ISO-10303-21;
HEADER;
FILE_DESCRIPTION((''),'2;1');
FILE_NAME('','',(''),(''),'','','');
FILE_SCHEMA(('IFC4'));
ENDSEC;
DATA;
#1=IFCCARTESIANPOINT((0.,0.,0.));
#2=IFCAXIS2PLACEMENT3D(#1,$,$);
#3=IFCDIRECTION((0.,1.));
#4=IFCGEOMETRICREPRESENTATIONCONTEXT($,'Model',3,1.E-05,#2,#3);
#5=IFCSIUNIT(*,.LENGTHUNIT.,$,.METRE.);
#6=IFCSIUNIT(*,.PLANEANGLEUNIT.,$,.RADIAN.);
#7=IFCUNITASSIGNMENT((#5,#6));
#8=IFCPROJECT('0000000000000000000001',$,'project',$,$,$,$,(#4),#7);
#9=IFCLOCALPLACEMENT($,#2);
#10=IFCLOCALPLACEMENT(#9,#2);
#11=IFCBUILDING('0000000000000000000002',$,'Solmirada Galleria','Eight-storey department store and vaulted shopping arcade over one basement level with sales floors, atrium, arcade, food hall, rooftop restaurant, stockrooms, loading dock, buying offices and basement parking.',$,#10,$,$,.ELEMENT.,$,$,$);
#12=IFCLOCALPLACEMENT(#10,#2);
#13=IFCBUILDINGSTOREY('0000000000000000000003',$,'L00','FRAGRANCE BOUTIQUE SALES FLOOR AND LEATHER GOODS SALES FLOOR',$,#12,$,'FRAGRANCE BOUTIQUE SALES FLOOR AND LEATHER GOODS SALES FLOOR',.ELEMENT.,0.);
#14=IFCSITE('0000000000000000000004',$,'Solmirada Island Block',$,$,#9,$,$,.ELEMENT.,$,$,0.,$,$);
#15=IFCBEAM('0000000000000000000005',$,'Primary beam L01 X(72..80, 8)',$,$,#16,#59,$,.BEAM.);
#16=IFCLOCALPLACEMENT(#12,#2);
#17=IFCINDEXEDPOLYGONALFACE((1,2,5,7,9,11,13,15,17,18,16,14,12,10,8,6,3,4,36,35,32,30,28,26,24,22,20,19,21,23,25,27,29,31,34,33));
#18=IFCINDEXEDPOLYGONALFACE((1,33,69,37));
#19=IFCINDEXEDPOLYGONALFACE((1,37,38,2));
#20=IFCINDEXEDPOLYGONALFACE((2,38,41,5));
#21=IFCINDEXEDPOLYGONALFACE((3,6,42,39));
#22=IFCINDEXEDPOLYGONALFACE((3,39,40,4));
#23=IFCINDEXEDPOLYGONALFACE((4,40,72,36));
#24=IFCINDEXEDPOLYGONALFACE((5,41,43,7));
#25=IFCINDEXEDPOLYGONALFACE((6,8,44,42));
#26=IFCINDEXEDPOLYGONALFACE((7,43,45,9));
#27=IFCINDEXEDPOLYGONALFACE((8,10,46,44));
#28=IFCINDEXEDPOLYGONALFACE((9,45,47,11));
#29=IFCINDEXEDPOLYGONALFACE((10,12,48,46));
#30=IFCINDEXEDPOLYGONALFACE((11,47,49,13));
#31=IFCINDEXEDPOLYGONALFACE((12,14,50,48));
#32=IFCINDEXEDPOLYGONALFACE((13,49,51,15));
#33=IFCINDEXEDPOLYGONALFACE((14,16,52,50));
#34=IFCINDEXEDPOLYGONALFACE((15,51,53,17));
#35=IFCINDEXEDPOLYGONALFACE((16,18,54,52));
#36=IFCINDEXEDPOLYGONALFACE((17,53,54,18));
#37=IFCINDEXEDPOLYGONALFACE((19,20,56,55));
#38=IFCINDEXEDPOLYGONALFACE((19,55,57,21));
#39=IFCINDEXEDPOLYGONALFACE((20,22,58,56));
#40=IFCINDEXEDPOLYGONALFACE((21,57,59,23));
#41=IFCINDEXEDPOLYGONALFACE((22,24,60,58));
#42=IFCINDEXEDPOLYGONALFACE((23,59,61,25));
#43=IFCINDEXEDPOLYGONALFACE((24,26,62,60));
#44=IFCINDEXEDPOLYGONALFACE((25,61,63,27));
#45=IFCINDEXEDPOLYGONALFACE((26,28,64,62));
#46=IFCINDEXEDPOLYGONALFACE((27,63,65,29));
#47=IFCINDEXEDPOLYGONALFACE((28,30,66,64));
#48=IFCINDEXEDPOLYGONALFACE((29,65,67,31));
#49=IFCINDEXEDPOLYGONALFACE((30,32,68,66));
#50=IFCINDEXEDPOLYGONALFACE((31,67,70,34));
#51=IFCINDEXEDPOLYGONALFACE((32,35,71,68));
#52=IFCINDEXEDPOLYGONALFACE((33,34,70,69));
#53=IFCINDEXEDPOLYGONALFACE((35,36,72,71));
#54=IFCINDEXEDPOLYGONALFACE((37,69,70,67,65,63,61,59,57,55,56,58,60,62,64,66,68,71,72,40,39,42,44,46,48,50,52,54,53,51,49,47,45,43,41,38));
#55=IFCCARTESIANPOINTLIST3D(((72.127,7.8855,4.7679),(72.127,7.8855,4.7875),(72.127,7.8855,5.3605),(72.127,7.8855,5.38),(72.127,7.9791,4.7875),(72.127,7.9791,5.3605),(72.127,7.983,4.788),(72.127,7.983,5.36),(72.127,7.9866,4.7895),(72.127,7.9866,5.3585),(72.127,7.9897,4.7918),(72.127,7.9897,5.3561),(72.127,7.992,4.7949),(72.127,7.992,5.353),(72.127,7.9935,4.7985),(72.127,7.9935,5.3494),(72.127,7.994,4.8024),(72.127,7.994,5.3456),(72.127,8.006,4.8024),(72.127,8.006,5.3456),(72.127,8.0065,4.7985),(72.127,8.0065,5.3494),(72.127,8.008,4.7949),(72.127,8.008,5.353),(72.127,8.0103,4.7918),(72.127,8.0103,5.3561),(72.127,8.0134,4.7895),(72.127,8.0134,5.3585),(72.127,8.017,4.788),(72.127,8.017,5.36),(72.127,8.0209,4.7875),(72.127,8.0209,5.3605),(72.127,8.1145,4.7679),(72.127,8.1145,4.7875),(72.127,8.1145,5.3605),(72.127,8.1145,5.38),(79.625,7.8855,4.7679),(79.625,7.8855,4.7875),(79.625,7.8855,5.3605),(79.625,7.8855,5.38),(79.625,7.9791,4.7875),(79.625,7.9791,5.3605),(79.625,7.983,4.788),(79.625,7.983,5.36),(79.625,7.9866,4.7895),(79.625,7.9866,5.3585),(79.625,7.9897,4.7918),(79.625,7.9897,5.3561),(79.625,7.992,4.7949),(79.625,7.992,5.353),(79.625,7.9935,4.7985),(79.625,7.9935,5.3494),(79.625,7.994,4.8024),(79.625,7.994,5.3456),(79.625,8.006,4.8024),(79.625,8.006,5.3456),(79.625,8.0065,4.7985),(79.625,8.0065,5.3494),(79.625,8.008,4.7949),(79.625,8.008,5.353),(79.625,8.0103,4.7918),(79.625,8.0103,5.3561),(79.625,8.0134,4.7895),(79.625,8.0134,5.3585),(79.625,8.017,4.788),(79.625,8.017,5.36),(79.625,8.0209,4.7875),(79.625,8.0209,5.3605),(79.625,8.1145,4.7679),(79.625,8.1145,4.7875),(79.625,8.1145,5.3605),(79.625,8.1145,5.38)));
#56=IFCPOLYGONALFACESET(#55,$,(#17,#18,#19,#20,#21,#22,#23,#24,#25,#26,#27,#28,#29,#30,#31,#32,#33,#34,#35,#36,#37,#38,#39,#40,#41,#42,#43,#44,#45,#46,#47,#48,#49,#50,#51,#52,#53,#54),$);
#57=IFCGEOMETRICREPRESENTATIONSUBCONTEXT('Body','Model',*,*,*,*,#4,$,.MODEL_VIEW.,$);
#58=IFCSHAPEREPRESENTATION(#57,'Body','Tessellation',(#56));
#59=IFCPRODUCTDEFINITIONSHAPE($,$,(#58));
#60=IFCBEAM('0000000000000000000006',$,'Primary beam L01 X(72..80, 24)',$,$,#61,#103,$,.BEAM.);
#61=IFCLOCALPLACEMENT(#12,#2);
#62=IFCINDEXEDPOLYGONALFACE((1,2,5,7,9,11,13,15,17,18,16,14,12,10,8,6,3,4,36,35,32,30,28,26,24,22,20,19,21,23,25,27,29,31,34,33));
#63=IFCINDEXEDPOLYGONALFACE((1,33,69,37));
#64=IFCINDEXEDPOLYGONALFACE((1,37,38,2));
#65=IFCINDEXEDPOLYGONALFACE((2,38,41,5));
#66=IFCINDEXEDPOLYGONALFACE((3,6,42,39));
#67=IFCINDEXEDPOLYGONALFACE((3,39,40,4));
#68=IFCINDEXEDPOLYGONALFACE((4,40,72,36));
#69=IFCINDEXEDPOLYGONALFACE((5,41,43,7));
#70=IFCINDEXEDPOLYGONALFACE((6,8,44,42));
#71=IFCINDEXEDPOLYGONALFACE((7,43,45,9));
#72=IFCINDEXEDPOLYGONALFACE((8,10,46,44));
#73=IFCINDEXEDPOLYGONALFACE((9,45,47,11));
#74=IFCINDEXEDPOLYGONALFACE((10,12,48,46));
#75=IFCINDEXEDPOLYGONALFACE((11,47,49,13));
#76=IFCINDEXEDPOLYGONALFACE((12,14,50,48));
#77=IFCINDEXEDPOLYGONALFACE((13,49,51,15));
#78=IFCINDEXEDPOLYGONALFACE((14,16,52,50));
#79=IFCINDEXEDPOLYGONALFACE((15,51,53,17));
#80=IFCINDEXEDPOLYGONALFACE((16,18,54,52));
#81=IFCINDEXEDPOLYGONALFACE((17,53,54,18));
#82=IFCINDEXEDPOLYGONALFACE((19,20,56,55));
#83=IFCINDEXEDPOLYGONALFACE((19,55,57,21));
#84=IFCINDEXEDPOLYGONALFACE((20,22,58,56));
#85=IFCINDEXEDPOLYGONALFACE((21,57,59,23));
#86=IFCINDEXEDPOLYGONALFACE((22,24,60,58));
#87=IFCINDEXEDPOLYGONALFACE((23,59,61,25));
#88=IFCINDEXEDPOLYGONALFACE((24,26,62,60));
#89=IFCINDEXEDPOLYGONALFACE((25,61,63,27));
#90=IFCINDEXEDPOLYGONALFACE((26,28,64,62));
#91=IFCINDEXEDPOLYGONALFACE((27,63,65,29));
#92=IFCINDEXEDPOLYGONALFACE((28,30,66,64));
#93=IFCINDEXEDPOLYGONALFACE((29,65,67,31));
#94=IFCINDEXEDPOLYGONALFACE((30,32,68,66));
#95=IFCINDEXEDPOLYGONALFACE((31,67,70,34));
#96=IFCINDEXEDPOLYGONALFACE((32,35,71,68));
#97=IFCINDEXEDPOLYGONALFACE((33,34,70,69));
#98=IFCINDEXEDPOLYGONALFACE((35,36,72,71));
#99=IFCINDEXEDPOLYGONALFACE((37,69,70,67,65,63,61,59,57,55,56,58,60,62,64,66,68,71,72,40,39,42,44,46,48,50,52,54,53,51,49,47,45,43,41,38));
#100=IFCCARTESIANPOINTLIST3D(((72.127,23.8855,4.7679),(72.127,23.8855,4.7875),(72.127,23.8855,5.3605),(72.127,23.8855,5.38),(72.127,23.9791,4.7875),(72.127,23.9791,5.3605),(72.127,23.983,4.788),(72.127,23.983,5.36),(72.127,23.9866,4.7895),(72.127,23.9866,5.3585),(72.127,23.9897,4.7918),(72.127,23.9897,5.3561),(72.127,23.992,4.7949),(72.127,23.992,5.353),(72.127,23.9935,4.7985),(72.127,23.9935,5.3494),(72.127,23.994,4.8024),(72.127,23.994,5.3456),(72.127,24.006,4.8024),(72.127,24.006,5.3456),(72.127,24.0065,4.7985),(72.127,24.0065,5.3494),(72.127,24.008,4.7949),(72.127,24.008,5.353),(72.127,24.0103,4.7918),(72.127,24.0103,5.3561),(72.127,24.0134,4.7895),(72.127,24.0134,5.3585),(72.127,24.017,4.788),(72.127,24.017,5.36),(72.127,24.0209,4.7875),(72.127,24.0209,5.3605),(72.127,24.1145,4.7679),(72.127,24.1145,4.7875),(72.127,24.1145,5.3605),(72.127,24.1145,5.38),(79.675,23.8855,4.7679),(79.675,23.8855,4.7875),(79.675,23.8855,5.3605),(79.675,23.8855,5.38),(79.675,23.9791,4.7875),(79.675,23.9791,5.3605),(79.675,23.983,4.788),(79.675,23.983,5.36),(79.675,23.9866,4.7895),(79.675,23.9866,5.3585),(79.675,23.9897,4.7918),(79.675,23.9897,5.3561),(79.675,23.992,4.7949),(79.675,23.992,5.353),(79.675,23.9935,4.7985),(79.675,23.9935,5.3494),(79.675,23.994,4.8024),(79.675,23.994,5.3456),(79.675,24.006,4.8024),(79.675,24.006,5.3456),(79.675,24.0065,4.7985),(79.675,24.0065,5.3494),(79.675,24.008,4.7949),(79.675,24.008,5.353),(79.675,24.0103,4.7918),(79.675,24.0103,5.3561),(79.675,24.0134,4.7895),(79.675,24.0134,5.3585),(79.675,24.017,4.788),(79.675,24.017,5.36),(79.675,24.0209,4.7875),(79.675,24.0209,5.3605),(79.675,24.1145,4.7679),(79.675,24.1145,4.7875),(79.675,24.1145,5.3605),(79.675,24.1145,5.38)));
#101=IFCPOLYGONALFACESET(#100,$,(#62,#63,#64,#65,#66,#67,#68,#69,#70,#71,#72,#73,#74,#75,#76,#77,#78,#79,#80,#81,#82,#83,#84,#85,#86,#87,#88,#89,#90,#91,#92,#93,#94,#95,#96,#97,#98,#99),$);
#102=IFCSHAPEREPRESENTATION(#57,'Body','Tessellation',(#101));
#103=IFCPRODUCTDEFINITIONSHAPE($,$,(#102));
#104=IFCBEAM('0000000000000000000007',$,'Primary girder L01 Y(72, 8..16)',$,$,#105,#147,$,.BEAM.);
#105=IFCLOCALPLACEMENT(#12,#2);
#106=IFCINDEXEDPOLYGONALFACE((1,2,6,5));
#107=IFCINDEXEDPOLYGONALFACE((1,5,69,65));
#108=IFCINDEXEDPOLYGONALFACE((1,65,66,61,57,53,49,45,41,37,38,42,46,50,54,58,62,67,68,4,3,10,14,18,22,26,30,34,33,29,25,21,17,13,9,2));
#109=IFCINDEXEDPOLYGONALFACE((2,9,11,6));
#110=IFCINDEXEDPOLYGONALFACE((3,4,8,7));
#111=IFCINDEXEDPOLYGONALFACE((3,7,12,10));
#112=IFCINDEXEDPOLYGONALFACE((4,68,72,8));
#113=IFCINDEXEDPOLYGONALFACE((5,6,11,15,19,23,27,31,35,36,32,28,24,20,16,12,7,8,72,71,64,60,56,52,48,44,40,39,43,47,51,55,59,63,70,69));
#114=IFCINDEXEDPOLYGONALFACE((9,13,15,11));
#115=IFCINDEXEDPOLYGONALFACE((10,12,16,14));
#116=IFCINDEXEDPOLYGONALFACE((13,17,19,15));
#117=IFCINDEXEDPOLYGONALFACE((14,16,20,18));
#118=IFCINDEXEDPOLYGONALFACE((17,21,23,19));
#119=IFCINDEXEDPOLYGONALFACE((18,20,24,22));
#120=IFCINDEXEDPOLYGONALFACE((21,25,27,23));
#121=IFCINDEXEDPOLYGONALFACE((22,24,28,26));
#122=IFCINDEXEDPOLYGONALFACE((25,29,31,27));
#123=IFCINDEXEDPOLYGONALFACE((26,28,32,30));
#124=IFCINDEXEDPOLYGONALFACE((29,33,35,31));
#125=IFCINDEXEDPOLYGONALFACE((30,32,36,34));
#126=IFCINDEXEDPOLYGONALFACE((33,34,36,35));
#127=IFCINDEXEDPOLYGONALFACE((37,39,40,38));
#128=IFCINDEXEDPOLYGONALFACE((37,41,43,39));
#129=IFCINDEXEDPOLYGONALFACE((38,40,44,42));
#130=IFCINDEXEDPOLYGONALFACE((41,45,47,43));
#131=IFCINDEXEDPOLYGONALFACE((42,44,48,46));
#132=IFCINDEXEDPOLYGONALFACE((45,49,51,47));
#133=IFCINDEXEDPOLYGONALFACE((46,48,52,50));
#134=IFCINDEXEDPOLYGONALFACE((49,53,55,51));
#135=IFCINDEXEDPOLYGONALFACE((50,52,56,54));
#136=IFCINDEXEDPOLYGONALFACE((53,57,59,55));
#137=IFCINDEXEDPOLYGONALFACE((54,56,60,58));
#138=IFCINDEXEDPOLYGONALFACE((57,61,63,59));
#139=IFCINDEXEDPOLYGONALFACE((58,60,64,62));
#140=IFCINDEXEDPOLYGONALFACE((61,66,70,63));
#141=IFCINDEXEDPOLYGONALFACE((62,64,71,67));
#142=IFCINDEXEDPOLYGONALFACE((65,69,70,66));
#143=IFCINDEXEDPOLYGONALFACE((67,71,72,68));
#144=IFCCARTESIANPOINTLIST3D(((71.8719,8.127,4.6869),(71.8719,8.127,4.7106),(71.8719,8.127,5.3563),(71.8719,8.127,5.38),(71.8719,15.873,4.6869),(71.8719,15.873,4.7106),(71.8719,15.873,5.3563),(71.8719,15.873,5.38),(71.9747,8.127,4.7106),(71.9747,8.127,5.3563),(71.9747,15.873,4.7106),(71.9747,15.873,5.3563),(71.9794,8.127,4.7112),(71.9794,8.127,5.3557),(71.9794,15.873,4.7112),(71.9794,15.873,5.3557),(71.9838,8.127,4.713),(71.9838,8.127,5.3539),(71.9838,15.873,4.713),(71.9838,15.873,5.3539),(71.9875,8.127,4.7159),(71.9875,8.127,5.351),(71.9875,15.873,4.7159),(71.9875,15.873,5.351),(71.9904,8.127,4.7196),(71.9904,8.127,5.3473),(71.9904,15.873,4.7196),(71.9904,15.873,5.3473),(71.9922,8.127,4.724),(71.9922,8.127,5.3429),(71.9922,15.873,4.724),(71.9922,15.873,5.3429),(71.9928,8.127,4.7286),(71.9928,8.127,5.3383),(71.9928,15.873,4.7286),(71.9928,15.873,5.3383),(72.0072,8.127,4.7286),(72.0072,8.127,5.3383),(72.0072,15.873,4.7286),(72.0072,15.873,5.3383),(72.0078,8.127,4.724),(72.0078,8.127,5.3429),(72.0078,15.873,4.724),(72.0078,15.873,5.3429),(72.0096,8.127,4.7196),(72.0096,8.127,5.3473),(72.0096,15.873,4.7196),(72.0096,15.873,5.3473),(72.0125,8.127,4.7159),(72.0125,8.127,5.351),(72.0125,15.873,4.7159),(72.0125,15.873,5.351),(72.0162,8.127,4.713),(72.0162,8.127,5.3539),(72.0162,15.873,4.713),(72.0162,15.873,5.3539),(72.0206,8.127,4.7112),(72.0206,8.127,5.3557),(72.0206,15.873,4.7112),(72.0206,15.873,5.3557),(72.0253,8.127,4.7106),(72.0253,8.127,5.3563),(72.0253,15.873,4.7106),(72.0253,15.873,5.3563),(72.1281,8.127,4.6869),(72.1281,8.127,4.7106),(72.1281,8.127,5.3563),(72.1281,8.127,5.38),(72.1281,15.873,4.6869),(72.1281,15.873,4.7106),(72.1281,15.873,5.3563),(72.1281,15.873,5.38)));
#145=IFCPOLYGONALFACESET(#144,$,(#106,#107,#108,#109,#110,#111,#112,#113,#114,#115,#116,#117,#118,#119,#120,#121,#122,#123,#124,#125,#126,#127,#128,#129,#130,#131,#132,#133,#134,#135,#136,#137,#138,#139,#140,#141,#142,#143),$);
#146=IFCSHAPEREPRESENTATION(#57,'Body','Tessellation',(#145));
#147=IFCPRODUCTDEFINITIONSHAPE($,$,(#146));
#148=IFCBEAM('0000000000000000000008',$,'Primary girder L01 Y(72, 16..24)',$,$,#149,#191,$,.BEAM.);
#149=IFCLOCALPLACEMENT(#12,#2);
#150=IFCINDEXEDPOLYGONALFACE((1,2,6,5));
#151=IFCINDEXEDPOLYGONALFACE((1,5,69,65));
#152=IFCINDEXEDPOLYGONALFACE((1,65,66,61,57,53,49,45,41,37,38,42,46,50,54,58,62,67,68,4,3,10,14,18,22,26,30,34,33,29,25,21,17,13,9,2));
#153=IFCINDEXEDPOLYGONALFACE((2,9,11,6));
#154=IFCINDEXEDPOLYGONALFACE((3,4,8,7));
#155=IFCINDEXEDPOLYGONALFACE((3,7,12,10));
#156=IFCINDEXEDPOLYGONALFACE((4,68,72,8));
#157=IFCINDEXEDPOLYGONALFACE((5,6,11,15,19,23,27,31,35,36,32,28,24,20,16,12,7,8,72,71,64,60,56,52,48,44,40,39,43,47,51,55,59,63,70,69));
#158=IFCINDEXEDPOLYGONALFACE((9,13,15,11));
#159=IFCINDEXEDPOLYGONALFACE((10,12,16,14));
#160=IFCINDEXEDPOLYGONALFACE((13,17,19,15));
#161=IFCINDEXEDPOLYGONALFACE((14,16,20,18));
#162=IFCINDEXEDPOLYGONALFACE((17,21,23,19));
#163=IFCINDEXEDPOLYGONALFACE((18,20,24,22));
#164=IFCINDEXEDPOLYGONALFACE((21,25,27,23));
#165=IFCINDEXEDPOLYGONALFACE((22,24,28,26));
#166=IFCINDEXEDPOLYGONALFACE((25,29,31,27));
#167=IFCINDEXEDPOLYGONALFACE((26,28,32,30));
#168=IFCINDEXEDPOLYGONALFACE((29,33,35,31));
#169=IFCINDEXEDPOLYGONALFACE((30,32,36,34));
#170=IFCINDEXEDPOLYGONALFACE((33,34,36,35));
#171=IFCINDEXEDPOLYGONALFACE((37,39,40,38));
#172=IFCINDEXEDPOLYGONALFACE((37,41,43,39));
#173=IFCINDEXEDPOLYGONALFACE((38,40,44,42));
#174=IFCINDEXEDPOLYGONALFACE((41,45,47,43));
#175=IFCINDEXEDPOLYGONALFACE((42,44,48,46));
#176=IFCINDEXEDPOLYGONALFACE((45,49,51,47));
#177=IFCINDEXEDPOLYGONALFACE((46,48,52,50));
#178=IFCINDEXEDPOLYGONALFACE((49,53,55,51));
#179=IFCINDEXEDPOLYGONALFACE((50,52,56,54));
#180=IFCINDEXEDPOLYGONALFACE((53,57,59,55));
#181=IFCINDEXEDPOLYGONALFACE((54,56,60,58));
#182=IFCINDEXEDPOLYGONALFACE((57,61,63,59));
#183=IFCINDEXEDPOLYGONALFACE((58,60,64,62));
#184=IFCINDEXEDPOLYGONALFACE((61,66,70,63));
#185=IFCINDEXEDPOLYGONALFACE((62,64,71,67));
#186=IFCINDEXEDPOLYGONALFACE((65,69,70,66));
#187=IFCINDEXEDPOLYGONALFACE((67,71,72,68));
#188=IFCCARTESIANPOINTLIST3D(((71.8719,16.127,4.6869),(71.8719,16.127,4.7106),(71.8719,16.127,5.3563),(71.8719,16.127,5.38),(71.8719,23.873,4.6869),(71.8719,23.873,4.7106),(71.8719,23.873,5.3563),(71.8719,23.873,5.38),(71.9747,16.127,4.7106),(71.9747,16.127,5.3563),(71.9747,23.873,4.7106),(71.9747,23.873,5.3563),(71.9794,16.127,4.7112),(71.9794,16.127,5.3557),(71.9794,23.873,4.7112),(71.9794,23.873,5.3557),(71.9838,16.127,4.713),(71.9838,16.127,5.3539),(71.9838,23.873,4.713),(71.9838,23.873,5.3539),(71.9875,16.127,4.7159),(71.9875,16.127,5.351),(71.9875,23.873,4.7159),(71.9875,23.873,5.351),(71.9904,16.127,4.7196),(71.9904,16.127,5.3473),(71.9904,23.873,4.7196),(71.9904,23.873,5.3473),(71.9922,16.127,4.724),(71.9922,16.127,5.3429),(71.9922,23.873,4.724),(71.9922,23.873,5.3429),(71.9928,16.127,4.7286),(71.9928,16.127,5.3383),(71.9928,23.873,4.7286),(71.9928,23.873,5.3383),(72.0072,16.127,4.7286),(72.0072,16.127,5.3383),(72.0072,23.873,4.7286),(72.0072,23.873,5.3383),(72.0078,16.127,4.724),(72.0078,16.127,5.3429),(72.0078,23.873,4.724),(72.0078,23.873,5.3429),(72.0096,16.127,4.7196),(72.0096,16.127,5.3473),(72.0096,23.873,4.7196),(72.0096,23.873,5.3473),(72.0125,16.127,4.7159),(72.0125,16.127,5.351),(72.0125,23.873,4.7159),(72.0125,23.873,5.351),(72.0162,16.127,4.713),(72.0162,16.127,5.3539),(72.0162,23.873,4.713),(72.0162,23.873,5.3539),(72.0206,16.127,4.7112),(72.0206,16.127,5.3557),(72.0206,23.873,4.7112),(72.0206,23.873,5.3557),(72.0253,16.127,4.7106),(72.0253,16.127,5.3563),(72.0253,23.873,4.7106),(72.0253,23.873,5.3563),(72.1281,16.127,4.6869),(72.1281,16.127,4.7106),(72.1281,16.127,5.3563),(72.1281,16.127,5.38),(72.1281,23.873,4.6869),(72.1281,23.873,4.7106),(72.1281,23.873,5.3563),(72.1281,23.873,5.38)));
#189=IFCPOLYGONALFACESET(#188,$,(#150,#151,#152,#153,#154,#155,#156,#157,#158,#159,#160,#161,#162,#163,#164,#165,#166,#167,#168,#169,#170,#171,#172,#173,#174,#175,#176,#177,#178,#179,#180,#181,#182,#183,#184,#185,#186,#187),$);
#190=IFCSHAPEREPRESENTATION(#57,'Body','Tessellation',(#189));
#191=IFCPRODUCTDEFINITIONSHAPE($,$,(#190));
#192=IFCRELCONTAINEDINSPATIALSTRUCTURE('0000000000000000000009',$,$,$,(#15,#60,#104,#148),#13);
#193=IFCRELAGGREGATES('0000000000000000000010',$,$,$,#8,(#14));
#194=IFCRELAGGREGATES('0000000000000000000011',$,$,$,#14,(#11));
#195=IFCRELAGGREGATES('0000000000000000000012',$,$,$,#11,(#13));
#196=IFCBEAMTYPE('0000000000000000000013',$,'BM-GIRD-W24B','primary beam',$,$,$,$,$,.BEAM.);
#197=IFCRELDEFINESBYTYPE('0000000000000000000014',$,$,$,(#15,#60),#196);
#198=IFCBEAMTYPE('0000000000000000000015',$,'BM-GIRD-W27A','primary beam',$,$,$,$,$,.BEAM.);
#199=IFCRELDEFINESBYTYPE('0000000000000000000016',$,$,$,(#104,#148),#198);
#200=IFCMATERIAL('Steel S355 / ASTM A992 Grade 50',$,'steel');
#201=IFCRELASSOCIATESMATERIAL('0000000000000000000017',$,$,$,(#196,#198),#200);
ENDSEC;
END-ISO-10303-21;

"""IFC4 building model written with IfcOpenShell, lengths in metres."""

from ifc_helpers import new_model, si_unit, direction, frame, origin, origin_2d, place, context, subcontext, project, spatial, i_section, extrude, material, material_profile, profile_set, type_object, element, save


model = new_model("IFC4")

# Units and contexts
model_context = context("Model", 3, precision=1e-05, world=origin(), true_north=direction((0.0, 1.0)))
body_context = subcontext(model_context, "Body", "Model", "MODEL_VIEW")
ifc_project = project(units=[si_unit("LENGTHUNIT", "METRE"), si_unit("PLANEANGLEUNIT", "RADIAN")], contexts=[model_context])

# Site, building, storey
site_placement = place(None, origin())
site = spatial("IfcSite", under=ifc_project, at=site_placement, Name="Solmirada Island Block", CompositionType="ELEMENT", RefElevation=0.0)
building_placement = place(site_placement, origin())
building = spatial("IfcBuilding", under=site, at=building_placement, Name="Solmirada Galleria", Description="Eight-storey department store and vaulted shopping arcade over one basement level with sales floors, atrium, arcade, food hall, rooftop restaurant, stockrooms, loading dock, buying offices and basement parking.", CompositionType="ELEMENT")
storey_placement = place(building_placement, origin())
storey = spatial("IfcBuildingStorey", under=building, at=storey_placement, Name="L00", Description="FRAGRANCE BOUTIQUE SALES FLOOR AND LEATHER GOODS SALES FLOOR", LongName="FRAGRANCE BOUTIQUE SALES FLOOR AND LEATHER GOODS SALES FLOOR", CompositionType="ELEMENT", Elevation=0.0)

# Beams
ifc_material_1 = material(Name="Steel S355 / ASTM A992 Grade 50", Category="steel")
ifc_material_profile_1 = material_profile(ifc_material_1, i_section(OverallWidth=0.229, OverallDepth=0.6121, WebThickness=0.012, FlangeThickness=0.0195, FilletRadius=0.0149, at=origin_2d()), Name="W24X84")
ifc_profile_set_1 = profile_set([ifc_material_profile_1], Name="Steel S355 / ASTM A992 Grade 50")
beam_type_1 = type_object("IfcBeamType", Name="BM-GIRD-W24B", Description="primary beam", PredefinedType="BEAM", material=ifc_profile_set_1)
beam_1_placement = place(storey_placement, frame((72.127, 8.0, 5.074), z_axis=(1.0, 0.0, 0.0), x_axis=(0.0, 1.0, 0.0)))
element("IfcBeam", 1, at=beam_1_placement, inside=storey, type_object=beam_type_1, Name="Primary beam L01 X(72..80, 8)", PredefinedType="BEAM", context=body_context, shape_type="SweptSolid", body=[
    extrude(i_section(OverallWidth=0.229, OverallDepth=0.6121, WebThickness=0.012, FlangeThickness=0.0195, FilletRadius=0.0149, at=origin_2d()), origin(), (0.0, 0.0, 1.0), 7.498),
])
beam_2_placement = place(storey_placement, frame((72.127, 24.0, 5.074), z_axis=(1.0, 0.0, 0.0), x_axis=(0.0, 1.0, 0.0)))
element("IfcBeam", 2, at=beam_2_placement, inside=storey, type_object=beam_type_1, Name="Primary beam L01 X(72..80, 24)", PredefinedType="BEAM", context=body_context, shape_type="SweptSolid", body=[
    extrude(i_section(OverallWidth=0.229, OverallDepth=0.6121, WebThickness=0.012, FlangeThickness=0.0195, FilletRadius=0.0149, at=origin_2d()), origin(), (0.0, 0.0, 1.0), 7.5481),
])
ifc_material_profile_2 = material_profile(ifc_material_1, i_section(OverallWidth=0.2561, OverallDepth=0.6931, WebThickness=0.0144, FlangeThickness=0.0237, FilletRadius=0.0181, at=origin_2d()), Name="W27X114")
ifc_profile_set_2 = profile_set([ifc_material_profile_2], Name="Steel S355 / ASTM A992 Grade 50")
beam_type_2 = type_object("IfcBeamType", Name="BM-GIRD-W27A", Description="primary beam", PredefinedType="BEAM", material=ifc_profile_set_2)
for number, where, z_axis, x_axis, name in (
    (3, (72.0, 8.127, 5.0334), (0.0, 1.0, 0.0), (-1.0, 0.0, 0.0), "Primary girder L01 Y(72, 8..16)"),
    (4, (72.0, 16.127, 5.0334), (0.0, 1.0, 0.0), (-1.0, 0.0, 0.0), "Primary girder L01 Y(72, 16..24)"),
):
    element("IfcBeam", number, at=place(storey_placement, frame(where, z_axis=z_axis, x_axis=x_axis)), inside=storey, type_object=beam_type_2, Name=name, PredefinedType="BEAM", context=body_context, shape_type="SweptSolid", body=[
        extrude(i_section(OverallWidth=0.2561, OverallDepth=0.6931, WebThickness=0.0144, FlangeThickness=0.0237, FilletRadius=0.0181, at=origin_2d()), origin(), (0.0, 0.0, 1.0), 7.7461),
    ])

save(model, "model.ifc")
